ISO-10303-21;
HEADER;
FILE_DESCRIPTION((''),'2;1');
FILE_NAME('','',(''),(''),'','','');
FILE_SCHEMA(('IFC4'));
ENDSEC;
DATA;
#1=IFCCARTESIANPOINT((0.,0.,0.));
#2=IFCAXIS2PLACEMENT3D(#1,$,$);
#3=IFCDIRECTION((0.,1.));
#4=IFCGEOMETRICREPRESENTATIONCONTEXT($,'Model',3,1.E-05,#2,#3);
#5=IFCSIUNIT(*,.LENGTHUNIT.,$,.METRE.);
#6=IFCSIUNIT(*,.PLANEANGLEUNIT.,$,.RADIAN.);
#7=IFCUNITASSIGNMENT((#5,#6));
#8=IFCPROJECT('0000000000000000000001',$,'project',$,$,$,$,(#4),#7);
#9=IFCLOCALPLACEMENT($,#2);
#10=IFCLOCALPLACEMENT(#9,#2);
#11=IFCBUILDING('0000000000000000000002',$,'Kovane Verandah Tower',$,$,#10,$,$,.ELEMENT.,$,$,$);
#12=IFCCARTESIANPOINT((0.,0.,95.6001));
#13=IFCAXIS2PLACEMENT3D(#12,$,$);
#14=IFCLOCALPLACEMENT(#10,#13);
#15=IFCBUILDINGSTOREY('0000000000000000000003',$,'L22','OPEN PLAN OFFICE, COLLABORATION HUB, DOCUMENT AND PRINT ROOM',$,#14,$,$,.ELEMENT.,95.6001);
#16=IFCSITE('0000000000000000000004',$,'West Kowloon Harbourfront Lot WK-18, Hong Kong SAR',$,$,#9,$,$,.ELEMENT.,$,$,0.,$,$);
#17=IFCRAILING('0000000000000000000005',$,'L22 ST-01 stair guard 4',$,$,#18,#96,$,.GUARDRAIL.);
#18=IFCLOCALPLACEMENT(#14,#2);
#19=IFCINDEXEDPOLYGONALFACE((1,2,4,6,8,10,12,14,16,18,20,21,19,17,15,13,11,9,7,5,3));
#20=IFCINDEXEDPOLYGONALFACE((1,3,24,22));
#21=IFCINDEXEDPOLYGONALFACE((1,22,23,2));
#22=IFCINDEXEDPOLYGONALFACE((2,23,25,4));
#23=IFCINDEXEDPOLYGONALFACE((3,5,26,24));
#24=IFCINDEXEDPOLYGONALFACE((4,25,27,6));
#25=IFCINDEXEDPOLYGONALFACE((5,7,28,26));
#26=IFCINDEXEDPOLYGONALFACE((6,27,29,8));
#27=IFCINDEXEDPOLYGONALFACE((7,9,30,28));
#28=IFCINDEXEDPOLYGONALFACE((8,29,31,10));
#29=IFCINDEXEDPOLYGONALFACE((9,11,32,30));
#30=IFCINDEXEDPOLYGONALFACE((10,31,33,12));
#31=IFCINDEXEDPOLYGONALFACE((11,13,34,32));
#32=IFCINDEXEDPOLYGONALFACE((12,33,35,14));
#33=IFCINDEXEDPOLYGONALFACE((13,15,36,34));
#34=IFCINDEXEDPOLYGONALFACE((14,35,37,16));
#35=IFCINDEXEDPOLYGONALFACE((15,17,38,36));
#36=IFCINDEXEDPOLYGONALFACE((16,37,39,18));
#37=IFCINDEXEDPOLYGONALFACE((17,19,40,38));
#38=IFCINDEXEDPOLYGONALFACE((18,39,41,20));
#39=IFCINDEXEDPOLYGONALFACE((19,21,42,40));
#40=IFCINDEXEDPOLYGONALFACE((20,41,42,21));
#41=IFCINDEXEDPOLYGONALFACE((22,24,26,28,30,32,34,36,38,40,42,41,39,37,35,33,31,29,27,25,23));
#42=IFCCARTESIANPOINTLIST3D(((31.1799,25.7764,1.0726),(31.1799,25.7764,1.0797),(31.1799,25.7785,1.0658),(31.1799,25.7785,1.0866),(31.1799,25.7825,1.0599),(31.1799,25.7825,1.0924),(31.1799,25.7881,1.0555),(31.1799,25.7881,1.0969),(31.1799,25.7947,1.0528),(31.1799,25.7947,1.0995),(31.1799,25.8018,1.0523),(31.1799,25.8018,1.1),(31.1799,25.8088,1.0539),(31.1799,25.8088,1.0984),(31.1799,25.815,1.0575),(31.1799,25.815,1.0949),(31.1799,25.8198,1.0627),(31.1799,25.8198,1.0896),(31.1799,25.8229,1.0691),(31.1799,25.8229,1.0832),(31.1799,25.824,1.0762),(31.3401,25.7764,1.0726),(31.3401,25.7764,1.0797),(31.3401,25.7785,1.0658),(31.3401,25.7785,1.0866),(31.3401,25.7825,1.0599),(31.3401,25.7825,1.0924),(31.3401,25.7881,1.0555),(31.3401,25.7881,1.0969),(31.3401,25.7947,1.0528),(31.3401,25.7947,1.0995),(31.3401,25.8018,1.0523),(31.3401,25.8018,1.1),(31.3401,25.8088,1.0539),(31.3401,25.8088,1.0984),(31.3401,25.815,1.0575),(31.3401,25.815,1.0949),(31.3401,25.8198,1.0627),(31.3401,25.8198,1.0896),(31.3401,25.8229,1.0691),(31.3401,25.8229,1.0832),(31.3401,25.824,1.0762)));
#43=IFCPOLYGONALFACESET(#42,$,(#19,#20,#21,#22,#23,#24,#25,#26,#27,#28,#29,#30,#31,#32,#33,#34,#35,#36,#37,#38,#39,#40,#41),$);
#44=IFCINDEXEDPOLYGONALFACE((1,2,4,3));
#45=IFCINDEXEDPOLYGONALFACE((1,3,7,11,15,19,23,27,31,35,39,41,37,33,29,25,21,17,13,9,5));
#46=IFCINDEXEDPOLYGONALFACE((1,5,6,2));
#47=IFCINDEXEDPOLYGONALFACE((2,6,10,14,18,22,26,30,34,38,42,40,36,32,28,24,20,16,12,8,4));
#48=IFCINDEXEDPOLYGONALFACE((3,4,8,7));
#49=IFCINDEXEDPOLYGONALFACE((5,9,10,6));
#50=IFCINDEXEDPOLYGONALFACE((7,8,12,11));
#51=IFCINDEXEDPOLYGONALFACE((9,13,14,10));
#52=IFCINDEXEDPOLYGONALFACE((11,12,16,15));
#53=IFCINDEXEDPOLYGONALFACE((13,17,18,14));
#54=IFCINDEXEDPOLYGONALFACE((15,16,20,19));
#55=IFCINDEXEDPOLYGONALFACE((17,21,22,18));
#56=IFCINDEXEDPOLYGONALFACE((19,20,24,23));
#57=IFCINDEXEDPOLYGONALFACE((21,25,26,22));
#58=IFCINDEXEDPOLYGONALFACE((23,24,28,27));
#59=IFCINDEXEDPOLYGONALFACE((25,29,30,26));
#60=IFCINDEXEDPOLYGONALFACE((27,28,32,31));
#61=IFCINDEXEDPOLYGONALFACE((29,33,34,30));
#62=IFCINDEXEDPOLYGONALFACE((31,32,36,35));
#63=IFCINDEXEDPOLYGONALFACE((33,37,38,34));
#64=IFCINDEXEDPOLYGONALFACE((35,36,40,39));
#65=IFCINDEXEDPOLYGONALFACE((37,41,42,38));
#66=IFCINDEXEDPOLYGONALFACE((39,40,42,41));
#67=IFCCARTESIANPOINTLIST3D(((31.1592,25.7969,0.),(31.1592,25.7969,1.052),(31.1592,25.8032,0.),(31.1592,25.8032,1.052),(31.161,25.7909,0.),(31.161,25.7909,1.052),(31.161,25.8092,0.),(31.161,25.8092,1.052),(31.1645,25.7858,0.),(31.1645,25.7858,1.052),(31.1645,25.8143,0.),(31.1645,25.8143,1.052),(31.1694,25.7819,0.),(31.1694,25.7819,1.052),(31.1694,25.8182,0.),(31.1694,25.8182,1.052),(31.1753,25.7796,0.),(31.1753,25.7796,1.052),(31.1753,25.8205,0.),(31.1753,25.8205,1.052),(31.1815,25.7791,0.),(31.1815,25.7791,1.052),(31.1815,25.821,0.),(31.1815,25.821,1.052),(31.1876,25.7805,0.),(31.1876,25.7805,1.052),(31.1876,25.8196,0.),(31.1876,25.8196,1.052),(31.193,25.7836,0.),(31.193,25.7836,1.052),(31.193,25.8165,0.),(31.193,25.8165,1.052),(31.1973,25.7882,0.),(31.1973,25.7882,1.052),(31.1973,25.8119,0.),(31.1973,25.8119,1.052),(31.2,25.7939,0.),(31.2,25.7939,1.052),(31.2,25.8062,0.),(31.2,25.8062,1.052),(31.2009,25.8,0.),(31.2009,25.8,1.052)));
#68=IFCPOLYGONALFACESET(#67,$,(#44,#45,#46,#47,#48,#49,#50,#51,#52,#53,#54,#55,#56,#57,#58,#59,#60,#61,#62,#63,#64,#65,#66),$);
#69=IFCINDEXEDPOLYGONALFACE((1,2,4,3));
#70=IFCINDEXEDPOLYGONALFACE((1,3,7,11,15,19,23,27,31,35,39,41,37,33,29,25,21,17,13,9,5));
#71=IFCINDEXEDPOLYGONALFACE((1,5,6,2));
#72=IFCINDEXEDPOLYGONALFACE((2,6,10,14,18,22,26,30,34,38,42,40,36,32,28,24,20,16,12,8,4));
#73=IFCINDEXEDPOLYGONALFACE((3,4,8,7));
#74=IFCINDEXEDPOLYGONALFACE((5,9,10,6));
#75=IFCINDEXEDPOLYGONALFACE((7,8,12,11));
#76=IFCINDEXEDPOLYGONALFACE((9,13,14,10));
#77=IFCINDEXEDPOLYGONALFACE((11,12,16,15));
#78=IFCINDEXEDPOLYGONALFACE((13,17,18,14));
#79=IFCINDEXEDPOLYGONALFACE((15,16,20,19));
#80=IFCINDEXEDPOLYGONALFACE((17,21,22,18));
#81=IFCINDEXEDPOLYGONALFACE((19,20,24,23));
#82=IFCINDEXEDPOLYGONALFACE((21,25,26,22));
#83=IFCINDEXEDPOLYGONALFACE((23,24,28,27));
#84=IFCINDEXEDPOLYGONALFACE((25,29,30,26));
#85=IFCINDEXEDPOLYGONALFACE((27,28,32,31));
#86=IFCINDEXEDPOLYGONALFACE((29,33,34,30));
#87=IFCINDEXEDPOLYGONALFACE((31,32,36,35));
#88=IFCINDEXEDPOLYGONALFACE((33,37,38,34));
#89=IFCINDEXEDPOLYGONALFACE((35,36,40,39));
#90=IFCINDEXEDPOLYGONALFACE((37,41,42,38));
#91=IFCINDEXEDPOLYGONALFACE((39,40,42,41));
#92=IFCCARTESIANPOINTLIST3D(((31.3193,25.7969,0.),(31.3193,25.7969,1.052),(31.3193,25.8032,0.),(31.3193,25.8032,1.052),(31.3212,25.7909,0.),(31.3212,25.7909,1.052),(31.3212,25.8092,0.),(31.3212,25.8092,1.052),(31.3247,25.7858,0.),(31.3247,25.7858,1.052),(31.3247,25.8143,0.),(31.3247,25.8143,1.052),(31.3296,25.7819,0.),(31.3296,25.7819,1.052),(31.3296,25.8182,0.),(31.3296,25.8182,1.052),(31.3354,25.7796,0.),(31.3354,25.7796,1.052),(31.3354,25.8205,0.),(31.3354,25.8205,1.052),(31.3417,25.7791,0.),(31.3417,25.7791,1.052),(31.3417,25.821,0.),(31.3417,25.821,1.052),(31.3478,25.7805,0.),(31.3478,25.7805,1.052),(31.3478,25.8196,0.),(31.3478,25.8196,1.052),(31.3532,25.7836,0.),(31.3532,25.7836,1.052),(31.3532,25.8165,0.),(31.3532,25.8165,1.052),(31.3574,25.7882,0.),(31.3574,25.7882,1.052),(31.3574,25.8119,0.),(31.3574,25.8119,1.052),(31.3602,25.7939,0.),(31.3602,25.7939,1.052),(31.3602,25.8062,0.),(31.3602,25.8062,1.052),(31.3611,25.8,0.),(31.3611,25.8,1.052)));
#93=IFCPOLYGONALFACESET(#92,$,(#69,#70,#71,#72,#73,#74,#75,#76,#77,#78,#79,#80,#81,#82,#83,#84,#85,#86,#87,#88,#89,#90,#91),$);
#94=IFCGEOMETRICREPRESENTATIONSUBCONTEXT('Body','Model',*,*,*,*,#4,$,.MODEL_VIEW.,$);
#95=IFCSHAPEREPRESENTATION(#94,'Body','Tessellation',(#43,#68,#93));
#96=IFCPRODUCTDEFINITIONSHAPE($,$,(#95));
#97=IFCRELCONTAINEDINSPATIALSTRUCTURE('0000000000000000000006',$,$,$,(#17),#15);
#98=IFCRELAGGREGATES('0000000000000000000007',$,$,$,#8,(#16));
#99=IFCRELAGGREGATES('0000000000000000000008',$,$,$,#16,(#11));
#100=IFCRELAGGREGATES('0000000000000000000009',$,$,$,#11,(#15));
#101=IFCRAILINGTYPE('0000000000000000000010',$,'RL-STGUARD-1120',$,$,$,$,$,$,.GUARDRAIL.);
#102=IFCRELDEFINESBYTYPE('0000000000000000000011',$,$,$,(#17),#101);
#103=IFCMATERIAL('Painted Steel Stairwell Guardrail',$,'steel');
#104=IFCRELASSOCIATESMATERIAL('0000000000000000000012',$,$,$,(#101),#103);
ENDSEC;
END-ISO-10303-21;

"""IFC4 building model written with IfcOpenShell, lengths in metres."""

from ifc_helpers import new_model, si_unit, direction, frame, origin, origin_2d, place, context, subcontext, project, spatial, circle, extrude, material, type_object, element, save


model = new_model("IFC4")

# Units and contexts
model_context = context("Model", 3, precision=1e-05, world=origin(), true_north=direction((0.0, 1.0)))
body_context = subcontext(model_context, "Body", "Model", "MODEL_VIEW")
ifc_project = project(units=[si_unit("LENGTHUNIT", "METRE"), si_unit("PLANEANGLEUNIT", "RADIAN")], contexts=[model_context])

# Site, building, storey
site_placement = place(None, origin())
site = spatial("IfcSite", under=ifc_project, at=site_placement, Name="West Kowloon Harbourfront Lot WK-18, Hong Kong SAR", CompositionType="ELEMENT", RefElevation=0.0)
building_placement = place(site_placement, origin())
building = spatial("IfcBuilding", under=site, at=building_placement, Name="Kovane Verandah Tower", CompositionType="ELEMENT")
storey_placement = place(building_placement, frame((0.0, 0.0, 95.6001)))
storey = spatial("IfcBuildingStorey", under=building, at=storey_placement, Name="L22", Description="OPEN PLAN OFFICE, COLLABORATION HUB, DOCUMENT AND PRINT ROOM", CompositionType="ELEMENT", Elevation=95.6001)

# Railing
ifc_material_1 = material(Name="Painted Steel Stairwell Guardrail", Category="steel")
railing_type_1 = type_object("IfcRailingType", Name="RL-STGUARD-1120", PredefinedType="GUARDRAIL", material=ifc_material_1)
railing_1_placement = place(storey_placement, frame((31.1799, 25.8, 0.0)))
element("IfcRailing", 1, at=railing_1_placement, inside=storey, type_object=railing_type_1, Name="L22 ST-01 stair guard 4", PredefinedType="GUARDRAIL", context=body_context, shape_type="SweptSolid", body=[
    extrude(circle(Radius=0.0239, at=origin_2d()), frame((0.0, 0.0, 1.0762), z_axis=(1.0, 0.0, 0.0), x_axis=(0.0, 1.0, 0.0)), (0.0, 0.0, 1.0), 0.1602),
    extrude(circle(Radius=0.021, at=origin_2d()), origin(), (0.0, 0.0, 1.0), 1.052),
    extrude(circle(Radius=0.021, at=origin_2d()), frame((0.1602, 0.0, 0.0)), (0.0, 0.0, 1.0), 1.052),
])

save(model, "model.ifc")
